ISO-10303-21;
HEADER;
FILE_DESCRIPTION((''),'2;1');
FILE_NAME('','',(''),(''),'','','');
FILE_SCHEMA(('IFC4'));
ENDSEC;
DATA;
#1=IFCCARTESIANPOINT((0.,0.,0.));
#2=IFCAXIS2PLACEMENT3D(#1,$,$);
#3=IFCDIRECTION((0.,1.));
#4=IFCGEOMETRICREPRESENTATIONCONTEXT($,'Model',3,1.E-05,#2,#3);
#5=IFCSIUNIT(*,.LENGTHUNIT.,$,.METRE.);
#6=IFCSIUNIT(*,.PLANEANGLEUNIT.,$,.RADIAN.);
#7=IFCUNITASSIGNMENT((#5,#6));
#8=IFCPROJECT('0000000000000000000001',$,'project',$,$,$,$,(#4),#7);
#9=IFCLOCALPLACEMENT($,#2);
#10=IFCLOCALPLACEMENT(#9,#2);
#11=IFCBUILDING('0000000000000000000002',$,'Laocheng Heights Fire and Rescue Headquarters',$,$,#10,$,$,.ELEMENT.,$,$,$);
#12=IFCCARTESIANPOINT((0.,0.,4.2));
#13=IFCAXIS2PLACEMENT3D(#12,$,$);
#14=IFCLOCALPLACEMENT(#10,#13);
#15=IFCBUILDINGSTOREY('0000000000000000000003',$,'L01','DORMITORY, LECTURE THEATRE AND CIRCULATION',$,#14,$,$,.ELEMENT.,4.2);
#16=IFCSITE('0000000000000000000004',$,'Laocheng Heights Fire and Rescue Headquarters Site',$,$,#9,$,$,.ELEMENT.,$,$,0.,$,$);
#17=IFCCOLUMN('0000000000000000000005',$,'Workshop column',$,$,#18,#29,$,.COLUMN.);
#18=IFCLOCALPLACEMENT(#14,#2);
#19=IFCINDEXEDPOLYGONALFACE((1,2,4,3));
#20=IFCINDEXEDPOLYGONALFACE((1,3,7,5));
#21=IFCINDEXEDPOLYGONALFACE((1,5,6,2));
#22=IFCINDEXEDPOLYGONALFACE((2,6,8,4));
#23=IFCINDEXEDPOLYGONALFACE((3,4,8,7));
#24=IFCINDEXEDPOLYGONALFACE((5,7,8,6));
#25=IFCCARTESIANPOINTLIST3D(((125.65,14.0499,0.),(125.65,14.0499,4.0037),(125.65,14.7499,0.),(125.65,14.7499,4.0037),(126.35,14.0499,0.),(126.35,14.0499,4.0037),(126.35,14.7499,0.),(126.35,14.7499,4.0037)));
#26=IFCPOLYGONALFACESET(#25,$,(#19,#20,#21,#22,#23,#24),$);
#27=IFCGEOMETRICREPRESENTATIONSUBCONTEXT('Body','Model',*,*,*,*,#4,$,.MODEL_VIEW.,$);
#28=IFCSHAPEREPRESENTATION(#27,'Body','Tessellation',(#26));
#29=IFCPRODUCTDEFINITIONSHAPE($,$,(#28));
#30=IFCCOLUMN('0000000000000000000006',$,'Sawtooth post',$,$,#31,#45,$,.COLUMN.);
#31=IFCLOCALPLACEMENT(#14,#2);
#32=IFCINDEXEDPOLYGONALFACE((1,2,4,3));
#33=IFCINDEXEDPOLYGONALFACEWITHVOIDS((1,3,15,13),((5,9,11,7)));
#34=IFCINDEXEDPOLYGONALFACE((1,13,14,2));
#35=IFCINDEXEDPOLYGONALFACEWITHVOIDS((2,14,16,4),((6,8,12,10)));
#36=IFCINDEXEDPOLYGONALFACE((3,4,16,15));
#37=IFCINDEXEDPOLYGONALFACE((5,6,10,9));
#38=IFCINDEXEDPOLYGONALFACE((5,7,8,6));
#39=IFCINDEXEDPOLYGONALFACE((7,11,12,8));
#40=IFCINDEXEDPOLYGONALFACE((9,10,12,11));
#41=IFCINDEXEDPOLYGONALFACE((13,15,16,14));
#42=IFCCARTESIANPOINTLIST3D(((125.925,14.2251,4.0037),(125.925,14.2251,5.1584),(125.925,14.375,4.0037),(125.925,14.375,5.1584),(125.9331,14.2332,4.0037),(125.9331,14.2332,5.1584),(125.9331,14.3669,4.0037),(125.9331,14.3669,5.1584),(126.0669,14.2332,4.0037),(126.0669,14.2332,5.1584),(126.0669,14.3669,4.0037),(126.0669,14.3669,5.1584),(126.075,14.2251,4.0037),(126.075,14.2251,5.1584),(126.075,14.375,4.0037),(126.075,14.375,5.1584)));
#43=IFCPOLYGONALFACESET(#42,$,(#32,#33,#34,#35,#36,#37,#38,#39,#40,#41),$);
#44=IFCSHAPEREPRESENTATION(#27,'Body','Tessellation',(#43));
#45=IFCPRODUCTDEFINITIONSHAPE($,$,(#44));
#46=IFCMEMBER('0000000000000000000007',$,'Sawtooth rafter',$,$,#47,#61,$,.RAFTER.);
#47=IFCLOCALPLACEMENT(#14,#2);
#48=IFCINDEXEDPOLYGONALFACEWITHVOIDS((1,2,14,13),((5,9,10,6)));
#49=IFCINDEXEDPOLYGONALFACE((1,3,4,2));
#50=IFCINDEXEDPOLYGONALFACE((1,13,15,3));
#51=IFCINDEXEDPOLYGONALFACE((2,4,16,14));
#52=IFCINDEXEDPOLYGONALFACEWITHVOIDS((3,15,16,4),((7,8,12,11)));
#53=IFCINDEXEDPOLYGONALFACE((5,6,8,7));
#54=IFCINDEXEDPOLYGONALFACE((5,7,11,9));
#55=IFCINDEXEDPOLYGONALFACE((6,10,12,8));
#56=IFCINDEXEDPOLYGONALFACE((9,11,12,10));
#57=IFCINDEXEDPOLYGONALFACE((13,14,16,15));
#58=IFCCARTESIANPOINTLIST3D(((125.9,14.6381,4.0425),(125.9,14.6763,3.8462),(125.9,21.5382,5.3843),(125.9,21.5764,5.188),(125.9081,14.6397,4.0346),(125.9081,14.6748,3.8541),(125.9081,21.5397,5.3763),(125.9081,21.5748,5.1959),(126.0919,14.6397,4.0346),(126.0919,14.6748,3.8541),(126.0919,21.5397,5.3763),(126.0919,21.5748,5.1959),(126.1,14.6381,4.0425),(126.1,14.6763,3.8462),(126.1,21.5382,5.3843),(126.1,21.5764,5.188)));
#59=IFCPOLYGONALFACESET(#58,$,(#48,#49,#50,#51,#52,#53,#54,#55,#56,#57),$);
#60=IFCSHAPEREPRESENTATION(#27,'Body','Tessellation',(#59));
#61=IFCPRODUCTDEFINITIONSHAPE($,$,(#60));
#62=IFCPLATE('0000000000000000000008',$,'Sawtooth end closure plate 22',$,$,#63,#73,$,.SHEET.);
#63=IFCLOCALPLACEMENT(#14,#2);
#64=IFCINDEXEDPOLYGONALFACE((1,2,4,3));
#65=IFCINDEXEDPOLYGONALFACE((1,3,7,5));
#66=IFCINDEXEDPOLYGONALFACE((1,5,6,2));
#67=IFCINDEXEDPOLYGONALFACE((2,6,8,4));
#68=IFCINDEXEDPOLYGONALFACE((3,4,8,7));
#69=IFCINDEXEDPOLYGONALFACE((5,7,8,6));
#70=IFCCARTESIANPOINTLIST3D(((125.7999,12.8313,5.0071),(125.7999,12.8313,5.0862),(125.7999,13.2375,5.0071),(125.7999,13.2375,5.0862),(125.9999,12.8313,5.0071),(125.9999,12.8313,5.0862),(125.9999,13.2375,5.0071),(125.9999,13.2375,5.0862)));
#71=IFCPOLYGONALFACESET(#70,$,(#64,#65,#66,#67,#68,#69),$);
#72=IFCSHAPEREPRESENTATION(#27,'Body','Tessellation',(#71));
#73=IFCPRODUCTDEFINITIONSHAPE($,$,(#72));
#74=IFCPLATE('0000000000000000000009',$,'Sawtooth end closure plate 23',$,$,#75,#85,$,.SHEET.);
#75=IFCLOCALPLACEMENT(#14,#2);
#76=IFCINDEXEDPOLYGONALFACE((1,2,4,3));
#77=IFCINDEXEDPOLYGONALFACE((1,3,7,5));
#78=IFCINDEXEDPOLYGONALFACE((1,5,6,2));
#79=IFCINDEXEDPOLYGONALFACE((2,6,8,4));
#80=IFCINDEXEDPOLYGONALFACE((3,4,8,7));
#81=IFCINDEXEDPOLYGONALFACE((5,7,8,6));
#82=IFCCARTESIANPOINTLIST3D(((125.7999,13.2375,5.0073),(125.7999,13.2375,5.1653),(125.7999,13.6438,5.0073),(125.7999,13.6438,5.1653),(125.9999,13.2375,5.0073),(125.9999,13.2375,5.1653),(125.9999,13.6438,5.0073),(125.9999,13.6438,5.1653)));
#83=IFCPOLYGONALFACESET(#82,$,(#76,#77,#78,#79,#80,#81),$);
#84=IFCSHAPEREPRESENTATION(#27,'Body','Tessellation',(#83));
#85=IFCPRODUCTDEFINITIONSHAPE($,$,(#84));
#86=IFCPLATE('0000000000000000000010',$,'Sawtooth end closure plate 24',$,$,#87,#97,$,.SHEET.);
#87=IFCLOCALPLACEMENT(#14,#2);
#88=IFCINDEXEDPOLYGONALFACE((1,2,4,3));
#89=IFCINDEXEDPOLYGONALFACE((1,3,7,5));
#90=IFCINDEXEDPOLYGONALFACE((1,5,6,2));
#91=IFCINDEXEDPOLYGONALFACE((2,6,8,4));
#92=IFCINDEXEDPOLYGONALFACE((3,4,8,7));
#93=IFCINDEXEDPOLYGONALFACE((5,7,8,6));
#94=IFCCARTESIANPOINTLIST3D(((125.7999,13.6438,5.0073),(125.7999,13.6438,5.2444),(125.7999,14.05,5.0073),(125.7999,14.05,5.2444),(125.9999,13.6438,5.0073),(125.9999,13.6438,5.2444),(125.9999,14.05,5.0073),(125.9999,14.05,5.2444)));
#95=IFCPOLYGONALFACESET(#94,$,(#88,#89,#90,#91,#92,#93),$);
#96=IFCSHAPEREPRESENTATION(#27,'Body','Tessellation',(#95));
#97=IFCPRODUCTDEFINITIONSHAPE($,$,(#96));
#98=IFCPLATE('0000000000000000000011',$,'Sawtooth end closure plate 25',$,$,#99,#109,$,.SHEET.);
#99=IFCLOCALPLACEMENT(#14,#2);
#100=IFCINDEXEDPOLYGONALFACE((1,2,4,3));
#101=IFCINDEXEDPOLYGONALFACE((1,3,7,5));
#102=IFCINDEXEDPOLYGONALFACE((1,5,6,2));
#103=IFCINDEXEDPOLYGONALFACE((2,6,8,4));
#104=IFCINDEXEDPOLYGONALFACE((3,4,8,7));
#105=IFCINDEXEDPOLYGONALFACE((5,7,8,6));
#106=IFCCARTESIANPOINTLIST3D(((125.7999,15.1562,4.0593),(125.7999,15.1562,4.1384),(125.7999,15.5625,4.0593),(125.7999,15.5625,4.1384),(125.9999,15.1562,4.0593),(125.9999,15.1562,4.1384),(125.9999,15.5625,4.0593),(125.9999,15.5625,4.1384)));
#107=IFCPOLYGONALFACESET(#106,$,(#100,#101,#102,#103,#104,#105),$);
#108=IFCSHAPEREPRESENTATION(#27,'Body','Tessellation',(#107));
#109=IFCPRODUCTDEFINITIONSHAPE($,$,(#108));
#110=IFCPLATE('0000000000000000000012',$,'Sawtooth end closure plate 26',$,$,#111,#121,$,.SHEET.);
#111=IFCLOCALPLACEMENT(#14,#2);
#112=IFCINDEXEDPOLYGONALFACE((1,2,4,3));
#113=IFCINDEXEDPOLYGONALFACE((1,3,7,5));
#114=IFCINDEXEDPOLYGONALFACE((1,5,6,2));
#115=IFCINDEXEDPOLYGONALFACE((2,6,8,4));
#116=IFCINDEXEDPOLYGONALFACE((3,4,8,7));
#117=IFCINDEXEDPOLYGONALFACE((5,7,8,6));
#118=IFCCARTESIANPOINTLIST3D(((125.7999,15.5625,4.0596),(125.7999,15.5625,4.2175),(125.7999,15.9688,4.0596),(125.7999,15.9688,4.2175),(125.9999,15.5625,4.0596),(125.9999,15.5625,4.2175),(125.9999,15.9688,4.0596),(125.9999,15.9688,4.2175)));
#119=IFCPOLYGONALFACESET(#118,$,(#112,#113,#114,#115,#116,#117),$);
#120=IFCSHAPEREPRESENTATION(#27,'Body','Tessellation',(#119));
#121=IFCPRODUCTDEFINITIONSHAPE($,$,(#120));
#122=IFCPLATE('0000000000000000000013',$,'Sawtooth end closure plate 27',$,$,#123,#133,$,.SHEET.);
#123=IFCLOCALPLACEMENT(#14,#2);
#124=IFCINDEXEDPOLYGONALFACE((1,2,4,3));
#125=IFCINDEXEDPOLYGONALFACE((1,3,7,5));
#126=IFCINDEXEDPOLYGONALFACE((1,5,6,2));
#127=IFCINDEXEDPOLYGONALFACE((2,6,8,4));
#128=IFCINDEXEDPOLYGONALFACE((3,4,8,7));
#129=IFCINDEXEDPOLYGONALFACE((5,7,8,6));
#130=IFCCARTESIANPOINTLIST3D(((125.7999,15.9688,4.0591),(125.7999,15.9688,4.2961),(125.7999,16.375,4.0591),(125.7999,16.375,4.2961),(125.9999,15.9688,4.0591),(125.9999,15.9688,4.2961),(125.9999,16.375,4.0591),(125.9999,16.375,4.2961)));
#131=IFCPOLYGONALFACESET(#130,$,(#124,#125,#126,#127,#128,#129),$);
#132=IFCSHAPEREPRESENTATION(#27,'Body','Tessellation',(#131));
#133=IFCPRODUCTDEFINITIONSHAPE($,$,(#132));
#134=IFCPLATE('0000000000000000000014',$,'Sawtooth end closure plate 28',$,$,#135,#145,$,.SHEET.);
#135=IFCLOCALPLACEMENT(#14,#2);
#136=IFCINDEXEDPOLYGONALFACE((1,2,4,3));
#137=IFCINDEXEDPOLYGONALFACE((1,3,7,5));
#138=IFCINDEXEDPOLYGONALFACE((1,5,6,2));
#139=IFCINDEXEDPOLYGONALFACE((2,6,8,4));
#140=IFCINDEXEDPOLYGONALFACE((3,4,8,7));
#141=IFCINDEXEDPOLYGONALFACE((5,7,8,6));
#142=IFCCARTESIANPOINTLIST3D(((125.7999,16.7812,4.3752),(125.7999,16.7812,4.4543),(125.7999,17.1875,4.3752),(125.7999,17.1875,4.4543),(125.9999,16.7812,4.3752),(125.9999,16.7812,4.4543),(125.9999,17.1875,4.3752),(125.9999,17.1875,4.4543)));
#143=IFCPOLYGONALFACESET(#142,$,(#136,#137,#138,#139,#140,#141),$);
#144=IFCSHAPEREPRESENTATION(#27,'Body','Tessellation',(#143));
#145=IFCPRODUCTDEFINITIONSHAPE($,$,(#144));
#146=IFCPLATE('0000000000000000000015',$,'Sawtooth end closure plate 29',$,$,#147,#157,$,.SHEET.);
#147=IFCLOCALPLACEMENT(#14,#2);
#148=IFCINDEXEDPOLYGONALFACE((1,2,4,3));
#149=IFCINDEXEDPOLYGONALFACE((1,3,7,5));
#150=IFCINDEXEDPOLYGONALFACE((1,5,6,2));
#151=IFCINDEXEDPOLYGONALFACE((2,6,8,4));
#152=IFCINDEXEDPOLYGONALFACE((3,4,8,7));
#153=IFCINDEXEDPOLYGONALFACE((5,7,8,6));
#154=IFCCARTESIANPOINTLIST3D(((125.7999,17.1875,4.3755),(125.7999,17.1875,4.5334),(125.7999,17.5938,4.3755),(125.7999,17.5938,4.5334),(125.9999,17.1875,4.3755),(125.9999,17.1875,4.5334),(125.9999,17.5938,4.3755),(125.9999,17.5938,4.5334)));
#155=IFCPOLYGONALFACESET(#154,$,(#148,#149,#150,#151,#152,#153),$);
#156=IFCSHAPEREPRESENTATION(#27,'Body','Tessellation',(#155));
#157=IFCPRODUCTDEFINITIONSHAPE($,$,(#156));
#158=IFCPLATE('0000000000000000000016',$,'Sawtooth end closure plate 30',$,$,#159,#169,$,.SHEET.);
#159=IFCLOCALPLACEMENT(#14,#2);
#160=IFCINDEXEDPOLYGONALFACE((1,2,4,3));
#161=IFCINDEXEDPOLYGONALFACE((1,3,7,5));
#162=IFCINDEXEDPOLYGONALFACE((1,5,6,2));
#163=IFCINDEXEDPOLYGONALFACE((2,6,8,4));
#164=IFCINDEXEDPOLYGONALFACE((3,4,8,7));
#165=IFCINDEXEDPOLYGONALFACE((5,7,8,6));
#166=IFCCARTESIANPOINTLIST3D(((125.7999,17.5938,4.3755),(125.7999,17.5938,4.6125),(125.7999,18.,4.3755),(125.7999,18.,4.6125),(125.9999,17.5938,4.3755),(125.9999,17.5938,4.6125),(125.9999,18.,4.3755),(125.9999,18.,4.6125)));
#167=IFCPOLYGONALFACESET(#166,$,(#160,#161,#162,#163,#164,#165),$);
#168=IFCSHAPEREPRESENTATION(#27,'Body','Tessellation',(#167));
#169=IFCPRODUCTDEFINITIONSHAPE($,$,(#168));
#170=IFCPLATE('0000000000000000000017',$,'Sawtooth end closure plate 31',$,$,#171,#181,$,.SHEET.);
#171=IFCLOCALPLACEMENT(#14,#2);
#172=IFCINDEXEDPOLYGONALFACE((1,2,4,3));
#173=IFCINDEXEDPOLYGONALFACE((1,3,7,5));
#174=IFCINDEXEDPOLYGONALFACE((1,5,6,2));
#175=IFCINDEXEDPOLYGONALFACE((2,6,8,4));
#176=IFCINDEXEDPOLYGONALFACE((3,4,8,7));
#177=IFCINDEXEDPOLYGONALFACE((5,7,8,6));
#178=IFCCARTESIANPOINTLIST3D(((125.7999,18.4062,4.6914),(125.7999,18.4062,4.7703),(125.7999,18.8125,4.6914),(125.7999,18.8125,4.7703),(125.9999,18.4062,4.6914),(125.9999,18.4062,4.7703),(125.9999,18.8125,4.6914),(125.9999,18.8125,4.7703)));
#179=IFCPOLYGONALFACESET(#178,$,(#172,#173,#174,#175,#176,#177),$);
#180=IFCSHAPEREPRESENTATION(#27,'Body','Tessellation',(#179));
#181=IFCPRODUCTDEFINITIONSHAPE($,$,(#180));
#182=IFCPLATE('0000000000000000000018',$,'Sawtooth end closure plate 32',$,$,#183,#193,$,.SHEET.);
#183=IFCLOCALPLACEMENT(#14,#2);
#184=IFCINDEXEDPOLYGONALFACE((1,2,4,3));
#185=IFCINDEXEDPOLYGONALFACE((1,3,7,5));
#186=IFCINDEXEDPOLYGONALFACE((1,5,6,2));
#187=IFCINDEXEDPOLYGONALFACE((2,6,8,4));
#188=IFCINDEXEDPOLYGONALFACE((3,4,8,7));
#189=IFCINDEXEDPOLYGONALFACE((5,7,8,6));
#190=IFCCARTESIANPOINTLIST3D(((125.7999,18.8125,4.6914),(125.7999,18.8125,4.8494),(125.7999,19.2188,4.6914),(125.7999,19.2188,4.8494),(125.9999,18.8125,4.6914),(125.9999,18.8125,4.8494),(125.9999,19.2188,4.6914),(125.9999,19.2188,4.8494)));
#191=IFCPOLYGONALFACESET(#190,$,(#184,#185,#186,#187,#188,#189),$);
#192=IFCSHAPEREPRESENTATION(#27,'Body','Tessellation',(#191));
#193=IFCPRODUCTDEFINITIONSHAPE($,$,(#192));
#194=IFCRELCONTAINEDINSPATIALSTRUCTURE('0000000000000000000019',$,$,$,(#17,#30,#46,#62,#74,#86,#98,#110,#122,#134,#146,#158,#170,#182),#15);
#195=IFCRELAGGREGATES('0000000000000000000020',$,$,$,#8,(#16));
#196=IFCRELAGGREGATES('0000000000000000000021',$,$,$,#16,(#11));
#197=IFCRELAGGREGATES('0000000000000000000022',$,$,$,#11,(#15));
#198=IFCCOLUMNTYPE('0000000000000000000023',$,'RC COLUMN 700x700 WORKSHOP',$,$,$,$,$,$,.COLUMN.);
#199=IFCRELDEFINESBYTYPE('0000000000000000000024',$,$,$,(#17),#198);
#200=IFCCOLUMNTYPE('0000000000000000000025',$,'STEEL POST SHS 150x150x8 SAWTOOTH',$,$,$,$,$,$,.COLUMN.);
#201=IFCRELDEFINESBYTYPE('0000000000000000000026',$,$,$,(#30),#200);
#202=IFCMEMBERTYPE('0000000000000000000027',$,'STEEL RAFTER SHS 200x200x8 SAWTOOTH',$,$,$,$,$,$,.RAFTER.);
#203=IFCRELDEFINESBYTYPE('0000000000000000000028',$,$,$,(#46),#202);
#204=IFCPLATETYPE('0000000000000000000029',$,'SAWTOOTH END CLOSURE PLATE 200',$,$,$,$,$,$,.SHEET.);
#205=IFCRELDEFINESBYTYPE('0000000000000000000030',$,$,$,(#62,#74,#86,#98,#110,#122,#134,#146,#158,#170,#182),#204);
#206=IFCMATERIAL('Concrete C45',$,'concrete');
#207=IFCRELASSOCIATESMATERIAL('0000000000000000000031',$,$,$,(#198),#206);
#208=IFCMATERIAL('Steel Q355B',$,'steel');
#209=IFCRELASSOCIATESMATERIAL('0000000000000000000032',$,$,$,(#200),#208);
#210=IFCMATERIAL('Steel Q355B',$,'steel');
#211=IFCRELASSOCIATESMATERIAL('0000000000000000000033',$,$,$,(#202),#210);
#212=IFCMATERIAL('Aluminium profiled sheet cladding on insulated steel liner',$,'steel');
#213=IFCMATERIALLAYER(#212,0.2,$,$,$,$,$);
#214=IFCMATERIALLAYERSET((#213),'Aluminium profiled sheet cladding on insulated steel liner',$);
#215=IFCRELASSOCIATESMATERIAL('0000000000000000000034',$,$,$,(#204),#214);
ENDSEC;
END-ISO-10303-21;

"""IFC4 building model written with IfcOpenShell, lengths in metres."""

from ifc_helpers import new_model, si_unit, direction, frame, origin, origin_2d, place, context, subcontext, project, spatial, rectangle, hollow_rectangle, extrude, material, layer, layer_set, material_profile, profile_set, type_object, element, save


model = new_model("IFC4")

# Units and contexts
model_context = context("Model", 3, precision=1e-05, world=origin(), true_north=direction((0.0, 1.0)))
body_context = subcontext(model_context, "Body", "Model", "MODEL_VIEW")
ifc_project = project(units=[si_unit("LENGTHUNIT", "METRE"), si_unit("PLANEANGLEUNIT", "RADIAN")], contexts=[model_context])

# Site, building, storey
site_placement = place(None, origin())
site = spatial("IfcSite", under=ifc_project, at=site_placement, Name="Laocheng Heights Fire and Rescue Headquarters Site", CompositionType="ELEMENT", RefElevation=0.0)
building_placement = place(site_placement, origin())
building = spatial("IfcBuilding", under=site, at=building_placement, Name="Laocheng Heights Fire and Rescue Headquarters", CompositionType="ELEMENT")
storey_placement = place(building_placement, frame((0.0, 0.0, 4.2)))
storey = spatial("IfcBuildingStorey", under=building, at=storey_placement, Name="L01", Description="DORMITORY, LECTURE THEATRE AND CIRCULATION", CompositionType="ELEMENT", Elevation=4.2)

# Columns
ifc_material_1 = material(Name="Concrete C45", Category="concrete")
ifc_material_profile_1 = material_profile(ifc_material_1, rectangle(XDim=0.7, YDim=0.7, at=origin_2d()), Name="RC COLUMN 700x700 WORKSHOP")
ifc_profile_set_1 = profile_set([ifc_material_profile_1], Name="Concrete C45")
column_type_1 = type_object("IfcColumnType", Name="RC COLUMN 700x700 WORKSHOP", PredefinedType="COLUMN", material=ifc_profile_set_1)
column_1_placement = place(storey_placement, frame((126.0, 14.3999, 0.0), z_axis=(0.0, 0.0, 1.0), x_axis=(1.0, 0.0, 0.0)))
element("IfcColumn", 1, at=column_1_placement, inside=storey, type_object=column_type_1, Name="Workshop column", PredefinedType="COLUMN", context=body_context, shape_type="SweptSolid", body=[
    extrude(rectangle(XDim=0.7, YDim=0.7, at=origin_2d()), origin(), (0.0, 0.0, 1.0), 4.0037),
])
ifc_material_2 = material(Name="Steel Q355B", Category="steel")
ifc_material_profile_2 = material_profile(ifc_material_2, hollow_rectangle(XDim=0.1499, YDim=0.1499, WallThickness=0.0081, at=origin_2d()), Name="SHS 150x150x8")
ifc_profile_set_2 = profile_set([ifc_material_profile_2], Name="Steel Q355B")
column_type_2 = type_object("IfcColumnType", Name="STEEL POST SHS 150x150x8 SAWTOOTH", PredefinedType="COLUMN", material=ifc_profile_set_2)
column_2_placement = place(storey_placement, frame((126.0, 14.3, 4.0037), z_axis=(0.0, 0.0, 1.0), x_axis=(1.0, 0.0, 0.0)))
element("IfcColumn", 2, at=column_2_placement, inside=storey, type_object=column_type_2, Name="Sawtooth post", PredefinedType="COLUMN", context=body_context, shape_type="SweptSolid", body=[
    extrude(hollow_rectangle(XDim=0.1499, YDim=0.1499, WallThickness=0.0081, at=origin_2d()), origin(), (0.0, 0.0, 1.0), 1.1548),
])

# Member
ifc_material_3 = material(Name="Steel Q355B", Category="steel")
ifc_material_profile_3 = material_profile(ifc_material_3, hollow_rectangle(XDim=0.2, YDim=0.2, WallThickness=0.0081, at=origin_2d()), Name="SHS 200x200x8")
ifc_profile_set_3 = profile_set([ifc_material_profile_3], Name="Steel Q355B")
member_type = type_object("IfcMemberType", Name="STEEL RAFTER SHS 200x200x8 SAWTOOTH", PredefinedType="RAFTER", material=ifc_profile_set_3)
member_placement = place(storey_placement, frame((126.0, 14.6572, 3.9443), z_axis=(0.0, 0.981613, 0.190884), x_axis=(-1.0, 0.0, 0.0)))
element("IfcMember", 3, at=member_placement, inside=storey, type_object=member_type, Name="Sawtooth rafter", PredefinedType="RAFTER", context=body_context, shape_type="SweptSolid", body=[
    extrude(hollow_rectangle(XDim=0.2, YDim=0.2, WallThickness=0.0081, at=origin_2d()), origin(), (0.0, 0.0, 1.0), 7.0293),
])

# Plates
ifc_material_4 = material(Name="Aluminium profiled sheet cladding on insulated steel liner", Category="steel")
ifc_layer_1 = layer(ifc_material_4, 0.2)
ifc_layer_set_1 = layer_set([ifc_layer_1], Name="Aluminium profiled sheet cladding on insulated steel liner")
plate_type = type_object("IfcPlateType", Name="SAWTOOTH END CLOSURE PLATE 200", PredefinedType="SHEET", material=ifc_layer_set_1)
plate_1_placement = place(storey_placement, frame((125.8999, 13.0344, 5.0071), z_axis=(0.0, 0.0, 1.0), x_axis=(1.0, 0.0, 0.0)))
element("IfcPlate", 4, at=plate_1_placement, inside=storey, type_object=plate_type, Name="Sawtooth end closure plate 22", PredefinedType="SHEET", context=body_context, shape_type="SweptSolid", body=[
    extrude(rectangle(XDim=0.2, YDim=0.4062, at=origin_2d()), origin(), (0.0, 0.0, 1.0), 0.0791),
])
plate_2_placement = place(storey_placement, frame((125.8999, 13.4407, 5.0073), z_axis=(0.0, 0.0, 1.0), x_axis=(1.0, 0.0, 0.0)))
element("IfcPlate", 5, at=plate_2_placement, inside=storey, type_object=plate_type, Name="Sawtooth end closure plate 23", PredefinedType="SHEET", context=body_context, shape_type="SweptSolid", body=[
    extrude(rectangle(XDim=0.2, YDim=0.4062, at=origin_2d()), origin(), (0.0, 0.0, 1.0), 0.158),
])
plate_3_placement = place(storey_placement, frame((125.8999, 13.8469, 5.0073), z_axis=(0.0, 0.0, 1.0), x_axis=(1.0, 0.0, 0.0)))
element("IfcPlate", 6, at=plate_3_placement, inside=storey, type_object=plate_type, Name="Sawtooth end closure plate 24", PredefinedType="SHEET", context=body_context, shape_type="SweptSolid", body=[
    extrude(rectangle(XDim=0.2, YDim=0.4062, at=origin_2d()), origin(), (0.0, 0.0, 1.0), 0.2371),
])
plate_4_placement = place(storey_placement, frame((125.8999, 15.3594, 4.0593), z_axis=(0.0, 0.0, 1.0), x_axis=(1.0, 0.0, 0.0)))
element("IfcPlate", 7, at=plate_4_placement, inside=storey, type_object=plate_type, Name="Sawtooth end closure plate 25", PredefinedType="SHEET", context=body_context, shape_type="SweptSolid", body=[
    extrude(rectangle(XDim=0.2, YDim=0.4062, at=origin_2d()), origin(), (0.0, 0.0, 1.0), 0.0791),
])
plate_5_placement = place(storey_placement, frame((125.8999, 15.7656, 4.0596), z_axis=(0.0, 0.0, 1.0), x_axis=(1.0, 0.0, 0.0)))
element("IfcPlate", 8, at=plate_5_placement, inside=storey, type_object=plate_type, Name="Sawtooth end closure plate 26", PredefinedType="SHEET", context=body_context, shape_type="SweptSolid", body=[
    extrude(rectangle(XDim=0.2, YDim=0.4062, at=origin_2d()), origin(), (0.0, 0.0, 1.0), 0.158),
])
plate_6_placement = place(storey_placement, frame((125.8999, 16.1719, 4.0591), z_axis=(0.0, 0.0, 1.0), x_axis=(1.0, 0.0, 0.0)))
element("IfcPlate", 9, at=plate_6_placement, inside=storey, type_object=plate_type, Name="Sawtooth end closure plate 27", PredefinedType="SHEET", context=body_context, shape_type="SweptSolid", body=[
    extrude(rectangle(XDim=0.2, YDim=0.4062, at=origin_2d()), origin(), (0.0, 0.0, 1.0), 0.2371),
])
plate_7_placement = place(storey_placement, frame((125.8999, 16.9844, 4.3752), z_axis=(0.0, 0.0, 1.0), x_axis=(1.0, 0.0, 0.0)))
element("IfcPlate", 10, at=plate_7_placement, inside=storey, type_object=plate_type, Name="Sawtooth end closure plate 28", PredefinedType="SHEET", context=body_context, shape_type="SweptSolid", body=[
    extrude(rectangle(XDim=0.2, YDim=0.4062, at=origin_2d()), origin(), (0.0, 0.0, 1.0), 0.0791),
])
plate_8_placement = place(storey_placement, frame((125.8999, 17.3906, 4.3755), z_axis=(0.0, 0.0, 1.0), x_axis=(1.0, 0.0, 0.0)))
element("IfcPlate", 11, at=plate_8_placement, inside=storey, type_object=plate_type, Name="Sawtooth end closure plate 29", PredefinedType="SHEET", context=body_context, shape_type="SweptSolid", body=[
    extrude(rectangle(XDim=0.2, YDim=0.4062, at=origin_2d()), origin(), (0.0, 0.0, 1.0), 0.158),
])
plate_9_placement = place(storey_placement, frame((125.8999, 17.7969, 4.3755), z_axis=(0.0, 0.0, 1.0), x_axis=(1.0, 0.0, 0.0)))
element("IfcPlate", 12, at=plate_9_placement, inside=storey, type_object=plate_type, Name="Sawtooth end closure plate 30", PredefinedType="SHEET", context=body_context, shape_type="SweptSolid", body=[
    extrude(rectangle(XDim=0.2, YDim=0.4062, at=origin_2d()), origin(), (0.0, 0.0, 1.0), 0.2371),
])
plate_10_placement = place(storey_placement, frame((125.8999, 18.6094, 4.6914), z_axis=(0.0, 0.0, 1.0), x_axis=(1.0, 0.0, 0.0)))
element("IfcPlate", 13, at=plate_10_placement, inside=storey, type_object=plate_type, Name="Sawtooth end closure plate 31", PredefinedType="SHEET", context=body_context, shape_type="SweptSolid", body=[
    extrude(rectangle(XDim=0.2, YDim=0.4062, at=origin_2d()), origin(), (0.0, 0.0, 1.0), 0.0789),
])
plate_11_placement = place(storey_placement, frame((125.8999, 19.0156, 4.6914), z_axis=(0.0, 0.0, 1.0), x_axis=(1.0, 0.0, 0.0)))
element("IfcPlate", 14, at=plate_11_placement, inside=storey, type_object=plate_type, Name="Sawtooth end closure plate 32", PredefinedType="SHEET", context=body_context, shape_type="SweptSolid", body=[
    extrude(rectangle(XDim=0.2, YDim=0.4062, at=origin_2d()), origin(), (0.0, 0.0, 1.0), 0.158),
])

save(model, "model.ifc")
